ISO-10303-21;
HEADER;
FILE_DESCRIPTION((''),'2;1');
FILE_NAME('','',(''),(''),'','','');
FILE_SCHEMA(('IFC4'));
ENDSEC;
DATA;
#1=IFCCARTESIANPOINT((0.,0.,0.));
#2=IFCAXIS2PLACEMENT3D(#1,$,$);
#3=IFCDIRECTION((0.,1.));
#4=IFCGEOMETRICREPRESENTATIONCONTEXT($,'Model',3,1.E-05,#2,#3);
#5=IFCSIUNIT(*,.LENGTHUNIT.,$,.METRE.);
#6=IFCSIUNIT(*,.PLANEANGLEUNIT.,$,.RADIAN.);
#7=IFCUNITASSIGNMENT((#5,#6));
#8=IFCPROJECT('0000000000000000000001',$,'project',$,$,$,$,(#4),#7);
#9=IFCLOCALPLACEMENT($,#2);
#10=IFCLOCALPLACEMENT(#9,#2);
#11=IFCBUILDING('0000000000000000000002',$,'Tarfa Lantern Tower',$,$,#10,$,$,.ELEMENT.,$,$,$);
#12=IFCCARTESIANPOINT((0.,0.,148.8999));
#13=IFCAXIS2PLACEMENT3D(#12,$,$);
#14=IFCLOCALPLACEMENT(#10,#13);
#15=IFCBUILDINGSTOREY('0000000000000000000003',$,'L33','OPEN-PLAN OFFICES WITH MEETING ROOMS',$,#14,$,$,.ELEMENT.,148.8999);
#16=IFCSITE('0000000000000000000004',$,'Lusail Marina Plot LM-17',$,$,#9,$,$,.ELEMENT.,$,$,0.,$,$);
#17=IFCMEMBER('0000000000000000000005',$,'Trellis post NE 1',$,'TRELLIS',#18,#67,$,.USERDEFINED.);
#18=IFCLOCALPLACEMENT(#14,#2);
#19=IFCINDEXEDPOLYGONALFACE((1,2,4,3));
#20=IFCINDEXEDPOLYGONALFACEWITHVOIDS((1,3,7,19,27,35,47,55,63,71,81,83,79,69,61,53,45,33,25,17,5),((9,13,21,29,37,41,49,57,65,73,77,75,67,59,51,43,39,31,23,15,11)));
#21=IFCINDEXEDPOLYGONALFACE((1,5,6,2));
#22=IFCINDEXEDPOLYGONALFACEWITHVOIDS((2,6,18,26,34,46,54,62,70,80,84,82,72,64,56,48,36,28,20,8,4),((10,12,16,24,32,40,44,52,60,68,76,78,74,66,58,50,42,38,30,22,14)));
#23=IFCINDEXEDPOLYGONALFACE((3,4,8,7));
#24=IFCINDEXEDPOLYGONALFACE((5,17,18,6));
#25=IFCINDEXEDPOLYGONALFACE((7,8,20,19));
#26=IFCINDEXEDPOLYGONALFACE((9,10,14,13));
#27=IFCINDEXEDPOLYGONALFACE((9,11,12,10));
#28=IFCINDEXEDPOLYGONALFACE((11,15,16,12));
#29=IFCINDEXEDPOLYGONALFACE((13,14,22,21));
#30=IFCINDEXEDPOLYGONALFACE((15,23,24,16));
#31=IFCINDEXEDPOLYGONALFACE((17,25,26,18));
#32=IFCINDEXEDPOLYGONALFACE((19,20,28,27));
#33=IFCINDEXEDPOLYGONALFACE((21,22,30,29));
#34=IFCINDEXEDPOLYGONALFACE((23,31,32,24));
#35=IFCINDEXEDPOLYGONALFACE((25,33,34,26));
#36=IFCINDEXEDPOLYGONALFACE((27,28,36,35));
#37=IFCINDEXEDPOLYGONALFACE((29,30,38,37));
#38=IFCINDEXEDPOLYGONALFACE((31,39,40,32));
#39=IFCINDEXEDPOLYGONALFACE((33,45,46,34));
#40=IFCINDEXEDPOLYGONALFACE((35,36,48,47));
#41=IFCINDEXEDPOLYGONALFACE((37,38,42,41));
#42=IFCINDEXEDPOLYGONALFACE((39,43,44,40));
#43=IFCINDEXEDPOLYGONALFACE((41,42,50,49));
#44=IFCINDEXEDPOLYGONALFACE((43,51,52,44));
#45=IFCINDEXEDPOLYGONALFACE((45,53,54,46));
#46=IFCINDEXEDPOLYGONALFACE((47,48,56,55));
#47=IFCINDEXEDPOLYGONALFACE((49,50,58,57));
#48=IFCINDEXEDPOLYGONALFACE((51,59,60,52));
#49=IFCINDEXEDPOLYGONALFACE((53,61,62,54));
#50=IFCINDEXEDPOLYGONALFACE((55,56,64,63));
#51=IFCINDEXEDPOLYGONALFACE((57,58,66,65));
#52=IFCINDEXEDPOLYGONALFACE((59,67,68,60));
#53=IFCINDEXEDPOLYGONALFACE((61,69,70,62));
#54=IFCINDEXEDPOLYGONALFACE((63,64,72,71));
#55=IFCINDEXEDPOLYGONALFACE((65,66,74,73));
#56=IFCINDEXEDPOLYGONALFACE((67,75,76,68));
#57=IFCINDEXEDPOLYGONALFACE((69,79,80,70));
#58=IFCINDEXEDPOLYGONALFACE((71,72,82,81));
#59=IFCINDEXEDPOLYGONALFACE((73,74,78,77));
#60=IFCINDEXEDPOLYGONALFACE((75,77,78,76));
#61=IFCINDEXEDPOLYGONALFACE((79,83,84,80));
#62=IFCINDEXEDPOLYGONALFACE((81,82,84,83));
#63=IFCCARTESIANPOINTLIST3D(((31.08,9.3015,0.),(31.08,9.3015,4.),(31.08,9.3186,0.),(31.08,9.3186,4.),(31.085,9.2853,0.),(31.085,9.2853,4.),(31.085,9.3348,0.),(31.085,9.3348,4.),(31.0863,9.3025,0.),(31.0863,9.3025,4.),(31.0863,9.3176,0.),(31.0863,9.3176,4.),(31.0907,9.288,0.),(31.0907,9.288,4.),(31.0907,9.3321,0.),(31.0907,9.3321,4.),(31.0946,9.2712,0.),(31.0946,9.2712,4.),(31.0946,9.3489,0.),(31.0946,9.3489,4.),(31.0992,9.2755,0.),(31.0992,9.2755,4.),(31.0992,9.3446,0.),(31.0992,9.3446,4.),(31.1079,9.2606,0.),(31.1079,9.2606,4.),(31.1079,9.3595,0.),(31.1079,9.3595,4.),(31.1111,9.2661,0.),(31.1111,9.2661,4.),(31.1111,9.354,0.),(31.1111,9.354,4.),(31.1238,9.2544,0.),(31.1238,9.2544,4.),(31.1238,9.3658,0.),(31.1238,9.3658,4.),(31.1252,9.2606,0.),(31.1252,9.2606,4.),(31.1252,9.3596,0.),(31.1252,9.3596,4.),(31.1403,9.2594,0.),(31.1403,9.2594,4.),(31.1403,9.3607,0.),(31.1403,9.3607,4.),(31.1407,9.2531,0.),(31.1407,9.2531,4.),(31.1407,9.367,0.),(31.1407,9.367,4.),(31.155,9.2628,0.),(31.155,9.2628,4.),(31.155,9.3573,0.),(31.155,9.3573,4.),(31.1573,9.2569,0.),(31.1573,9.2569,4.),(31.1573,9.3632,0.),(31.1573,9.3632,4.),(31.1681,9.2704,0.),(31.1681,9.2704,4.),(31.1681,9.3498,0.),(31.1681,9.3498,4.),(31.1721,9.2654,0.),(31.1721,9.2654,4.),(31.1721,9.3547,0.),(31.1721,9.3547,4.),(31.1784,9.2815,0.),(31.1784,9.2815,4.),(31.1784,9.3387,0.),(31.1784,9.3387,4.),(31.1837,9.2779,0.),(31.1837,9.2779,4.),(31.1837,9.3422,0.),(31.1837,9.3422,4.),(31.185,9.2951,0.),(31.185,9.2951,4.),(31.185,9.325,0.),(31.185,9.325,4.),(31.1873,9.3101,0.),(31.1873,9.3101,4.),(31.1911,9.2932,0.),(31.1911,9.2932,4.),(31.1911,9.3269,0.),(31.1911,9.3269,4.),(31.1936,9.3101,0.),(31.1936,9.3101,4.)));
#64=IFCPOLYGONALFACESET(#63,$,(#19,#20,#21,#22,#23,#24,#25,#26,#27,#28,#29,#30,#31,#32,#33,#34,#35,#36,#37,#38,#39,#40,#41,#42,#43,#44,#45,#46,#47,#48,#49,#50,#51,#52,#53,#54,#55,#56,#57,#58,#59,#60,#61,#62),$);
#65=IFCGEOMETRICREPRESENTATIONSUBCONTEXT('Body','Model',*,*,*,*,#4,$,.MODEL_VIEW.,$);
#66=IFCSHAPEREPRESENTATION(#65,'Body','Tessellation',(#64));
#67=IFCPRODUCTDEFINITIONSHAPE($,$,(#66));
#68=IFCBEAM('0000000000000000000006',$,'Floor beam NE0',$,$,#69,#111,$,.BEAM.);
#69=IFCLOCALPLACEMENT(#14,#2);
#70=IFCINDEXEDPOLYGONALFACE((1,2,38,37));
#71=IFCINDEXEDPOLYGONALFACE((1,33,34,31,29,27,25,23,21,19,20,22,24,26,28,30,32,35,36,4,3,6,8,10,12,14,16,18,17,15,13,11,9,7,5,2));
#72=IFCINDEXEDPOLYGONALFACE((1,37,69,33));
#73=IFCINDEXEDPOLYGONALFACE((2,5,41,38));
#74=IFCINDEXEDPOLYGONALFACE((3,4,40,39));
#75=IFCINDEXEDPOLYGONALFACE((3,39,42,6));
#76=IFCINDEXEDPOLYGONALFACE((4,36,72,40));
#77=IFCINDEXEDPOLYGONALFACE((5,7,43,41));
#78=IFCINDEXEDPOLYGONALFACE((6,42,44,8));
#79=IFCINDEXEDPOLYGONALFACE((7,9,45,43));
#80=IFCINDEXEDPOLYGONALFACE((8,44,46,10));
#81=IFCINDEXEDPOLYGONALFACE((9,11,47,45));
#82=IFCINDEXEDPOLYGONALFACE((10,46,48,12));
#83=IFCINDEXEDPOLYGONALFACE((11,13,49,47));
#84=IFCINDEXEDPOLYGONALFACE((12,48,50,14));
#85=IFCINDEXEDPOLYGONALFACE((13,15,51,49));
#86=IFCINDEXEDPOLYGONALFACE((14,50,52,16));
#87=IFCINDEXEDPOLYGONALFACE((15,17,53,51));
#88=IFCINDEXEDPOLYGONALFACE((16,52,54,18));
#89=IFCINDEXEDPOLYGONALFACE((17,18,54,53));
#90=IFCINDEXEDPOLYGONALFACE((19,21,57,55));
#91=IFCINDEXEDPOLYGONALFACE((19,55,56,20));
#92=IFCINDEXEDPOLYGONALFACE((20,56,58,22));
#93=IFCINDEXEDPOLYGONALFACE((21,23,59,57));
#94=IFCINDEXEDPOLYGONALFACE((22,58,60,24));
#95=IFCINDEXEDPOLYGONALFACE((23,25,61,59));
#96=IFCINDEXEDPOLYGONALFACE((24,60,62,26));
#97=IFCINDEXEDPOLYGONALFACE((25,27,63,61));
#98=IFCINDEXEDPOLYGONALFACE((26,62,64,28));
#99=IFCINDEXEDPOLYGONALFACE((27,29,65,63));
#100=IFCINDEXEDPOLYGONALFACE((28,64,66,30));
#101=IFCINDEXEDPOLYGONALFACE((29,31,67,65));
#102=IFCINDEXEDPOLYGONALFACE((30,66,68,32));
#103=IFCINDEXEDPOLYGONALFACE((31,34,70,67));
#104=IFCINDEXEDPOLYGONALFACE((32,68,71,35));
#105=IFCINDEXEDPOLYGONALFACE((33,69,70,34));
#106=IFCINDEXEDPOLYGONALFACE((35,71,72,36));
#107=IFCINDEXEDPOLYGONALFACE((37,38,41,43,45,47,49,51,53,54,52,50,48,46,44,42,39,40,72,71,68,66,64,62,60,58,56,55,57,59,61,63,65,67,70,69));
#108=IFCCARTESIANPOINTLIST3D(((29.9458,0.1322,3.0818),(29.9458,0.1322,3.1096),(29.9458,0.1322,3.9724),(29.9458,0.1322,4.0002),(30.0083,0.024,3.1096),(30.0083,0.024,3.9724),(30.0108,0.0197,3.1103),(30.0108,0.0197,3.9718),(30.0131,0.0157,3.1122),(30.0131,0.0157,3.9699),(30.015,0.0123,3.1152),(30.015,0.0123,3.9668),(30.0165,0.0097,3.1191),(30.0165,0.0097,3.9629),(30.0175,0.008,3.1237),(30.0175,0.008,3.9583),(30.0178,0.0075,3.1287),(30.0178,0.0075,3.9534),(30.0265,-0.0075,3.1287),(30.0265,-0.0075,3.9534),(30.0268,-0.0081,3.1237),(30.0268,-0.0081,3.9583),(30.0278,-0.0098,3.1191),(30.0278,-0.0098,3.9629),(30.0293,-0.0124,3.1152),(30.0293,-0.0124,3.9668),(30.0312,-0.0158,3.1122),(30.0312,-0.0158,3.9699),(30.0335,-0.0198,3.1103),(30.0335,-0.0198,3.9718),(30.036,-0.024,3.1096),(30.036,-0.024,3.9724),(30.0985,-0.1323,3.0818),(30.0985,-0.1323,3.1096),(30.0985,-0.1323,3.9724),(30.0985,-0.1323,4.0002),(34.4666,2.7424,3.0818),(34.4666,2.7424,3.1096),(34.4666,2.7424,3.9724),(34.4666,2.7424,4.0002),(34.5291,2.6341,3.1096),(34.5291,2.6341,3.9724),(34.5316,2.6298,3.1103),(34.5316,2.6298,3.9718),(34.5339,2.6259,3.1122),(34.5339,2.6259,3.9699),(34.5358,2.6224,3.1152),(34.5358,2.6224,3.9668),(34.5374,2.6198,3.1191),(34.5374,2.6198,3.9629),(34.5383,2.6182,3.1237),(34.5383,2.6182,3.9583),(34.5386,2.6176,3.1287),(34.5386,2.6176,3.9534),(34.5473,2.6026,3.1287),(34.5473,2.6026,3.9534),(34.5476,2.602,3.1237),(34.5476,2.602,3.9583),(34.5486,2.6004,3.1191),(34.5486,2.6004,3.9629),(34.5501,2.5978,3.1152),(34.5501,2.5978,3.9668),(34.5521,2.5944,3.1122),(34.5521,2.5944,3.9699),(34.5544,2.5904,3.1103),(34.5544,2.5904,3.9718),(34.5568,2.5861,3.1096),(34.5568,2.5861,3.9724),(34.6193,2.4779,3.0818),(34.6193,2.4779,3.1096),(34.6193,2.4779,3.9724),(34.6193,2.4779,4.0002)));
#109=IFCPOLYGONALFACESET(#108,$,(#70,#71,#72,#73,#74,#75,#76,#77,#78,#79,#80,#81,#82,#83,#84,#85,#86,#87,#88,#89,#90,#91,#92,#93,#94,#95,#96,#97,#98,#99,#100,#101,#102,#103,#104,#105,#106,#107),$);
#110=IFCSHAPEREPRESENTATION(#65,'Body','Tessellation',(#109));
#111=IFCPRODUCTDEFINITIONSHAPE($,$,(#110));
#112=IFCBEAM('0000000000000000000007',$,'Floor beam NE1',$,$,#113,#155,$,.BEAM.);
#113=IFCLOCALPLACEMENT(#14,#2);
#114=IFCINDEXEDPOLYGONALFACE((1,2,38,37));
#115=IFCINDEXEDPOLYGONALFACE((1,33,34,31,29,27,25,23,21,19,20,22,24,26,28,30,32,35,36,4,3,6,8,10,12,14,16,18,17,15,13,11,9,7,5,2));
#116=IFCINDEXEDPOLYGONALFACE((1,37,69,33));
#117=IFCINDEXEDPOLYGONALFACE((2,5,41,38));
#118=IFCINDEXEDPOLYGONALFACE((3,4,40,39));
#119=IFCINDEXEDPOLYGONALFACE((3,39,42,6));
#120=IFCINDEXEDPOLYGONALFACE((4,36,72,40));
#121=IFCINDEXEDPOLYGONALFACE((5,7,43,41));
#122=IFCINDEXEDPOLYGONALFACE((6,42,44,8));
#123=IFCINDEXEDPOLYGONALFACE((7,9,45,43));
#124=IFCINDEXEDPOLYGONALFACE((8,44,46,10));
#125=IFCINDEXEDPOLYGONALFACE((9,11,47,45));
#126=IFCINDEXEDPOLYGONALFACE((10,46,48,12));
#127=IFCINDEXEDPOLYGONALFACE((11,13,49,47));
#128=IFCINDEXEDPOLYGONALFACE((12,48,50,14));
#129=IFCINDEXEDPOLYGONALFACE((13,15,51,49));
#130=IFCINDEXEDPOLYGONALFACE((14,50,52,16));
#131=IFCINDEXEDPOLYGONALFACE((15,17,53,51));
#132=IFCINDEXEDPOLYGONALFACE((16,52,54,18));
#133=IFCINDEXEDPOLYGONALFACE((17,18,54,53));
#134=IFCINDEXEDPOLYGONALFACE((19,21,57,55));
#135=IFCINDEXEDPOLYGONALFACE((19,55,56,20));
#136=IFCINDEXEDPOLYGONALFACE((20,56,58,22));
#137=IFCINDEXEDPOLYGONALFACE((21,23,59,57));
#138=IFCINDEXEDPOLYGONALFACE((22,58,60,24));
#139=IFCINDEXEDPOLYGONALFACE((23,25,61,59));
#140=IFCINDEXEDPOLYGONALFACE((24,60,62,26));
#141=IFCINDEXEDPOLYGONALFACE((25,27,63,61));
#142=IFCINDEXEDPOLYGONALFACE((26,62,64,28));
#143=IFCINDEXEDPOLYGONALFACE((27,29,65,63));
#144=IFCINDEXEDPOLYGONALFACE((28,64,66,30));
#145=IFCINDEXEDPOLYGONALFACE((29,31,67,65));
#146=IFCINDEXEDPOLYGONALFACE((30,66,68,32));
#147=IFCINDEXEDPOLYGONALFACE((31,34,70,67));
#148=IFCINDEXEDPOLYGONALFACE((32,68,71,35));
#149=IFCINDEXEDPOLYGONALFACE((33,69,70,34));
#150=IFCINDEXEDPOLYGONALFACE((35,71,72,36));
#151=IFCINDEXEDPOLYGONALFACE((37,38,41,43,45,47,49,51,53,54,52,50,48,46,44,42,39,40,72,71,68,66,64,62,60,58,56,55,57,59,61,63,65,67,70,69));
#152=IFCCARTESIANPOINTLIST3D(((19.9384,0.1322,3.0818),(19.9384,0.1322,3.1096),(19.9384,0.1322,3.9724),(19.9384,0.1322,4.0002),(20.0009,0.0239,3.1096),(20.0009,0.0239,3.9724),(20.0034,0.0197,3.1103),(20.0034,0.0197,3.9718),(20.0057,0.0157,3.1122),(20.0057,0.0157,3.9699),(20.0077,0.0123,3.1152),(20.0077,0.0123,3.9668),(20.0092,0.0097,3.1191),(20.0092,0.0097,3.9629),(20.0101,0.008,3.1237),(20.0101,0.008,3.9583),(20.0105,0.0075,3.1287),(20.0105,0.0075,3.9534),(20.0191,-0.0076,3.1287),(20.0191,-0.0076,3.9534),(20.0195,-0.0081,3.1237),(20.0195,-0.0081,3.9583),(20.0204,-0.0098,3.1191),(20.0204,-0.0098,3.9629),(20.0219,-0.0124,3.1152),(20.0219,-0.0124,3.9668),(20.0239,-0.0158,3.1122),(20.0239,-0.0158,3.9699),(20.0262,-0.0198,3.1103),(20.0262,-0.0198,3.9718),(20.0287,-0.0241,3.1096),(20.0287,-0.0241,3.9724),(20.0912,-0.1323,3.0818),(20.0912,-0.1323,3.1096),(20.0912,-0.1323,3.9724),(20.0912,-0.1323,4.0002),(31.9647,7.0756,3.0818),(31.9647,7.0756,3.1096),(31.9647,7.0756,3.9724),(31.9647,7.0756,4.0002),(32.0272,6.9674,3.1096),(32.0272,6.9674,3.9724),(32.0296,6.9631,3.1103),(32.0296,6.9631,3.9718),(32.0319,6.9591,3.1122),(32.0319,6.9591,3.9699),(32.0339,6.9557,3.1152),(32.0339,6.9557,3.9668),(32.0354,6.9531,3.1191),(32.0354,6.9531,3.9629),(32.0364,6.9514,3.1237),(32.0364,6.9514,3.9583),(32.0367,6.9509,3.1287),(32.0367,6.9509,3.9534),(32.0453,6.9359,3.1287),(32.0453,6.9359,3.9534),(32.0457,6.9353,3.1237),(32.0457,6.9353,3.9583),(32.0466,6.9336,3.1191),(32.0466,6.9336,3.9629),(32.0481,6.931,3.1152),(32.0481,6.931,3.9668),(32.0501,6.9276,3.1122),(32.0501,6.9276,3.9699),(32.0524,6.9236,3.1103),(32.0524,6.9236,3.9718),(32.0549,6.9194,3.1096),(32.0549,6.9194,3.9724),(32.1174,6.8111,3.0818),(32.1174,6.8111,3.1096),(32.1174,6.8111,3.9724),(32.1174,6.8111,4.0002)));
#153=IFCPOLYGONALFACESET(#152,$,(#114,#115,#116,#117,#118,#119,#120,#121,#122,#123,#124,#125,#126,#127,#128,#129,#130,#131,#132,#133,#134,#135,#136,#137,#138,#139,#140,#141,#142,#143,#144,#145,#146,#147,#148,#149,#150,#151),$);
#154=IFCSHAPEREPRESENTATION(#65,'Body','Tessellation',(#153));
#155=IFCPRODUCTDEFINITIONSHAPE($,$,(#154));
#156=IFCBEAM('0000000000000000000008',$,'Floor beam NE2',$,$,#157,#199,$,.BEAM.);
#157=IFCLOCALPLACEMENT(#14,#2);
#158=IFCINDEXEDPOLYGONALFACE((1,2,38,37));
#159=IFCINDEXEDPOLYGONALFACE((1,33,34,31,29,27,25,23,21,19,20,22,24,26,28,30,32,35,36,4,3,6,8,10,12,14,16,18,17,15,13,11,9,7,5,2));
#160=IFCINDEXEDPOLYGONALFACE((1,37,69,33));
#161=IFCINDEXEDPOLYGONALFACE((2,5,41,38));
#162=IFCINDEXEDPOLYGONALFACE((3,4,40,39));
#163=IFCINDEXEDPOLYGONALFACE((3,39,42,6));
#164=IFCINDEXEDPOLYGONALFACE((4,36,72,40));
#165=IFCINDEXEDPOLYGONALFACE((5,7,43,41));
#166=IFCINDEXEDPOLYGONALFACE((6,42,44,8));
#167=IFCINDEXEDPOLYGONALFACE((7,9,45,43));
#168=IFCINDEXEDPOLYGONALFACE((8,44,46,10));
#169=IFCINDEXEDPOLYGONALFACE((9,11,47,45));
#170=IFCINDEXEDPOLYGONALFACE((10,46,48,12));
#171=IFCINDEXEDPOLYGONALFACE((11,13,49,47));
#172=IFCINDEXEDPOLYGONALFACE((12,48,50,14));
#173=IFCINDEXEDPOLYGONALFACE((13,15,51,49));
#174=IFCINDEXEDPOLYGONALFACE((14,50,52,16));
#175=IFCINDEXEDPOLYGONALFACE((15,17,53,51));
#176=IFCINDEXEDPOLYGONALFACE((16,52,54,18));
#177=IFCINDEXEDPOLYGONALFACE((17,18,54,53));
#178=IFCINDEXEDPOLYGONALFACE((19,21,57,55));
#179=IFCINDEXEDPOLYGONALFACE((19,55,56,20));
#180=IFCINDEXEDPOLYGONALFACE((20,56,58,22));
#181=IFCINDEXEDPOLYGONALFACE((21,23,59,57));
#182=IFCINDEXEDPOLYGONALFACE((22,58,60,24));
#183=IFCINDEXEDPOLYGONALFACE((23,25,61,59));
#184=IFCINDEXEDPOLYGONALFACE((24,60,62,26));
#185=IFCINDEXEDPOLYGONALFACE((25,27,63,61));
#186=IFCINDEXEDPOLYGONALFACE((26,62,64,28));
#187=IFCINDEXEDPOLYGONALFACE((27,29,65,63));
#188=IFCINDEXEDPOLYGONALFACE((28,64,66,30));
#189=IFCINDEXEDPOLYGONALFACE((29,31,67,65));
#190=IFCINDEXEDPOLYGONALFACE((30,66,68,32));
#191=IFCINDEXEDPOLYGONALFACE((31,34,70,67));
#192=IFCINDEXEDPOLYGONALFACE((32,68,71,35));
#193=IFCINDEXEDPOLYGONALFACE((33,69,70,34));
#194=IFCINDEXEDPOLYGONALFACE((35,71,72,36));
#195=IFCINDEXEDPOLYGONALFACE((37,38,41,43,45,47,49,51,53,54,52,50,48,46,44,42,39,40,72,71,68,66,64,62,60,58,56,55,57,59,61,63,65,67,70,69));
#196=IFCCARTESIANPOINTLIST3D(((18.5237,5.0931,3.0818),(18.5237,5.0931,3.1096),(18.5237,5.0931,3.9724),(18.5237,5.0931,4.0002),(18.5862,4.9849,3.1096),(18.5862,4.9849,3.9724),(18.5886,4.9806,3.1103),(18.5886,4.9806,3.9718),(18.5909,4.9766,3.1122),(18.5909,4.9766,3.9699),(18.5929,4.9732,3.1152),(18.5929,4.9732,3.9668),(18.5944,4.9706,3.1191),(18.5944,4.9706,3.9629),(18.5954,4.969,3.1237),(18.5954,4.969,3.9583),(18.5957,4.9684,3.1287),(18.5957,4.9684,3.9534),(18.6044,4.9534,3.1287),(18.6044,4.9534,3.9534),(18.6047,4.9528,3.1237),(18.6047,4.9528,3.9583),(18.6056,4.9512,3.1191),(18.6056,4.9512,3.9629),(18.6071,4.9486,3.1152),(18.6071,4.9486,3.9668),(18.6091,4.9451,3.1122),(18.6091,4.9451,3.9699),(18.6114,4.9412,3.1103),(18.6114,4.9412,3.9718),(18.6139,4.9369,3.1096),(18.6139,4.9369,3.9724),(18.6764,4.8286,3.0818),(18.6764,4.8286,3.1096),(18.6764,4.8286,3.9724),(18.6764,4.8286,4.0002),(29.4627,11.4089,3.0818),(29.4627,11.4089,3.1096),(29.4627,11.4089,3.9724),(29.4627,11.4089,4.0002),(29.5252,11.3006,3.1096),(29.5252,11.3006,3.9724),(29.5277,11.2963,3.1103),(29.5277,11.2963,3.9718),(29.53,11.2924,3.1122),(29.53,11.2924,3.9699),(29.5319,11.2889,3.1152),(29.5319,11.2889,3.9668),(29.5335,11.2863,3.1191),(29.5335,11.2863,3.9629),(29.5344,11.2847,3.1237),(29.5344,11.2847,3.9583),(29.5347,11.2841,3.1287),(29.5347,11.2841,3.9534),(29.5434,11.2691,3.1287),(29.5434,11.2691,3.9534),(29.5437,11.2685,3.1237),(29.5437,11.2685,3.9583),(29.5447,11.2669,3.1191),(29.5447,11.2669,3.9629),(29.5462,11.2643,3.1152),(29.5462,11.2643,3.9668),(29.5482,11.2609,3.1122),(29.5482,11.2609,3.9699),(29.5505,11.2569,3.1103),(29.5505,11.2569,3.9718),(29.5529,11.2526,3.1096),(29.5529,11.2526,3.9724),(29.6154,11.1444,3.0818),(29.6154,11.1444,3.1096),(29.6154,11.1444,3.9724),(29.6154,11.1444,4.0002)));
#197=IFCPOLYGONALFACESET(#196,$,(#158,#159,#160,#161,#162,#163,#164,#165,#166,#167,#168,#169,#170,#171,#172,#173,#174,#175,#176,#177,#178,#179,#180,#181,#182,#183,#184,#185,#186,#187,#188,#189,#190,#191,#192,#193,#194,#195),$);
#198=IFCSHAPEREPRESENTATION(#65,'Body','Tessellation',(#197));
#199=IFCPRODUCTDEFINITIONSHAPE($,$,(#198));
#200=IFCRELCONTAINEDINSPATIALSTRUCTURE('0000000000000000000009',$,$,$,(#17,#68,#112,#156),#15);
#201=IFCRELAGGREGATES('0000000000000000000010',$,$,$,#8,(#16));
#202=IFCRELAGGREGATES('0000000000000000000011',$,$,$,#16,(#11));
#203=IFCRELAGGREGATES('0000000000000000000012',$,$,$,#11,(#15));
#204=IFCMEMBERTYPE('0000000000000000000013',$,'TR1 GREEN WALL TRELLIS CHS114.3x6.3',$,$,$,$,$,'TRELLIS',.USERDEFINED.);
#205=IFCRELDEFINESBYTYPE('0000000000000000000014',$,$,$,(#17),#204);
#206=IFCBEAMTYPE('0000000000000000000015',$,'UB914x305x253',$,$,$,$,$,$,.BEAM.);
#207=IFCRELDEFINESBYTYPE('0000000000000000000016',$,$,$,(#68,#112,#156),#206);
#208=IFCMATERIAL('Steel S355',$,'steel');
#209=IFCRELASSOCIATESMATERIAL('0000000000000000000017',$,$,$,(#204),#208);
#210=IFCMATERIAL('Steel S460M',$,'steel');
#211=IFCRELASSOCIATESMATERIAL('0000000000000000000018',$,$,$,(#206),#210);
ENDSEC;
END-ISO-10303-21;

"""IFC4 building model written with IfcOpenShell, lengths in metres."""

from ifc_helpers import new_model, si_unit, direction, frame, origin, origin_2d, place, context, subcontext, project, spatial, hollow_circle, i_section, extrude, material, material_profile, profile_set, type_object, element, save


model = new_model("IFC4")

# Units and contexts
model_context = context("Model", 3, precision=1e-05, world=origin(), true_north=direction((0.0, 1.0)))
body_context = subcontext(model_context, "Body", "Model", "MODEL_VIEW")
ifc_project = project(units=[si_unit("LENGTHUNIT", "METRE"), si_unit("PLANEANGLEUNIT", "RADIAN")], contexts=[model_context])

# Site, building, storey
site_placement = place(None, origin())
site = spatial("IfcSite", under=ifc_project, at=site_placement, Name="Lusail Marina Plot LM-17", CompositionType="ELEMENT", RefElevation=0.0)
building_placement = place(site_placement, origin())
building = spatial("IfcBuilding", under=site, at=building_placement, Name="Tarfa Lantern Tower", CompositionType="ELEMENT")
storey_placement = place(building_placement, frame((0.0, 0.0, 148.8999)))
storey = spatial("IfcBuildingStorey", under=building, at=storey_placement, Name="L33", Description="OPEN-PLAN OFFICES WITH MEETING ROOMS", CompositionType="ELEMENT", Elevation=148.8999)

# Member
ifc_material_1 = material(Name="Steel S355", Category="steel")
ifc_material_profile_1 = material_profile(ifc_material_1, hollow_circle(Radius=0.0571, WallThickness=0.0063, at=origin_2d()), Name="CHS114.3x6.3")
ifc_profile_set_1 = profile_set([ifc_material_profile_1], Name="Steel S355")
member_type_1 = type_object("IfcMemberType", Name="TR1 GREEN WALL TRELLIS CHS114.3x6.3", ElementType="TRELLIS", PredefinedType="USERDEFINED", material=ifc_profile_set_1)
member_1_placement = place(storey_placement, frame((31.1365, 9.3101, 0.0), z_axis=(0.0, 0.0, 1.0), x_axis=(1.0, 0.0, 0.0)))
element("IfcMember", 1, at=member_1_placement, inside=storey, type_object=member_type_1, Name="Trellis post NE 1", ObjectType="TRELLIS", PredefinedType="USERDEFINED", context=body_context, shape_type="SweptSolid", body=[
    extrude(hollow_circle(Radius=0.0571, WallThickness=0.0063, at=origin_2d()), origin(), (0.0, 0.0, 1.0), 4.0),
])

# Beams
ifc_material_2 = material(Name="Steel S460M", Category="steel")
ifc_material_profile_2 = material_profile(ifc_material_2, i_section(OverallWidth=0.3054, OverallDepth=0.9185, WebThickness=0.0173, FlangeThickness=0.0278, FilletRadius=0.019, at=origin_2d()), Name="UB914x305x253")
ifc_profile_set_2 = profile_set([ifc_material_profile_2], Name="Steel S460M")
beam_type_1 = type_object("IfcBeamType", Name="UB914x305x253", PredefinedType="BEAM", material=ifc_profile_set_2)
beam_1_placement = place(storey_placement, frame((34.543, 2.6101, 3.541), z_axis=(-0.866021, -0.500007, 0.0), x_axis=(0.500007, -0.866021, 0.0)))
element("IfcBeam", 2, at=beam_1_placement, inside=storey, type_object=beam_type_1, Name="Floor beam NE0", PredefinedType="BEAM", context=body_context, shape_type="SweptSolid", body=[
    extrude(i_section(OverallWidth=0.3054, OverallDepth=0.9185, WebThickness=0.0173, FlangeThickness=0.0278, FilletRadius=0.019, at=origin_2d()), origin(), (0.0, 0.0, 1.0), 5.2202),
])
beam_2_placement = place(storey_placement, frame((32.041, 6.9434, 3.541), z_axis=(-0.866023, -0.500004, 0.0), x_axis=(0.500004, -0.866023, 0.0)))
element("IfcBeam", 3, at=beam_2_placement, inside=storey, type_object=beam_type_1, Name="Floor beam NE1", PredefinedType="BEAM", context=body_context, shape_type="SweptSolid", body=[
    extrude(i_section(OverallWidth=0.3054, OverallDepth=0.9185, WebThickness=0.0173, FlangeThickness=0.0278, FilletRadius=0.019, at=origin_2d()), origin(), (0.0, 0.0, 1.0), 13.8867),
])
beam_3_placement = place(storey_placement, frame((29.5391, 11.2766, 3.541), z_axis=(-0.866023, -0.500004, 0.0), x_axis=(0.500004, -0.866023, 0.0)))
element("IfcBeam", 4, at=beam_3_placement, inside=storey, type_object=beam_type_1, Name="Floor beam NE2", PredefinedType="BEAM", context=body_context, shape_type="SweptSolid", body=[
    extrude(i_section(OverallWidth=0.3054, OverallDepth=0.9185, WebThickness=0.0173, FlangeThickness=0.0278, FilletRadius=0.019, at=origin_2d()), origin(), (0.0, 0.0, 1.0), 12.6313),
])

save(model, "model.ifc")
